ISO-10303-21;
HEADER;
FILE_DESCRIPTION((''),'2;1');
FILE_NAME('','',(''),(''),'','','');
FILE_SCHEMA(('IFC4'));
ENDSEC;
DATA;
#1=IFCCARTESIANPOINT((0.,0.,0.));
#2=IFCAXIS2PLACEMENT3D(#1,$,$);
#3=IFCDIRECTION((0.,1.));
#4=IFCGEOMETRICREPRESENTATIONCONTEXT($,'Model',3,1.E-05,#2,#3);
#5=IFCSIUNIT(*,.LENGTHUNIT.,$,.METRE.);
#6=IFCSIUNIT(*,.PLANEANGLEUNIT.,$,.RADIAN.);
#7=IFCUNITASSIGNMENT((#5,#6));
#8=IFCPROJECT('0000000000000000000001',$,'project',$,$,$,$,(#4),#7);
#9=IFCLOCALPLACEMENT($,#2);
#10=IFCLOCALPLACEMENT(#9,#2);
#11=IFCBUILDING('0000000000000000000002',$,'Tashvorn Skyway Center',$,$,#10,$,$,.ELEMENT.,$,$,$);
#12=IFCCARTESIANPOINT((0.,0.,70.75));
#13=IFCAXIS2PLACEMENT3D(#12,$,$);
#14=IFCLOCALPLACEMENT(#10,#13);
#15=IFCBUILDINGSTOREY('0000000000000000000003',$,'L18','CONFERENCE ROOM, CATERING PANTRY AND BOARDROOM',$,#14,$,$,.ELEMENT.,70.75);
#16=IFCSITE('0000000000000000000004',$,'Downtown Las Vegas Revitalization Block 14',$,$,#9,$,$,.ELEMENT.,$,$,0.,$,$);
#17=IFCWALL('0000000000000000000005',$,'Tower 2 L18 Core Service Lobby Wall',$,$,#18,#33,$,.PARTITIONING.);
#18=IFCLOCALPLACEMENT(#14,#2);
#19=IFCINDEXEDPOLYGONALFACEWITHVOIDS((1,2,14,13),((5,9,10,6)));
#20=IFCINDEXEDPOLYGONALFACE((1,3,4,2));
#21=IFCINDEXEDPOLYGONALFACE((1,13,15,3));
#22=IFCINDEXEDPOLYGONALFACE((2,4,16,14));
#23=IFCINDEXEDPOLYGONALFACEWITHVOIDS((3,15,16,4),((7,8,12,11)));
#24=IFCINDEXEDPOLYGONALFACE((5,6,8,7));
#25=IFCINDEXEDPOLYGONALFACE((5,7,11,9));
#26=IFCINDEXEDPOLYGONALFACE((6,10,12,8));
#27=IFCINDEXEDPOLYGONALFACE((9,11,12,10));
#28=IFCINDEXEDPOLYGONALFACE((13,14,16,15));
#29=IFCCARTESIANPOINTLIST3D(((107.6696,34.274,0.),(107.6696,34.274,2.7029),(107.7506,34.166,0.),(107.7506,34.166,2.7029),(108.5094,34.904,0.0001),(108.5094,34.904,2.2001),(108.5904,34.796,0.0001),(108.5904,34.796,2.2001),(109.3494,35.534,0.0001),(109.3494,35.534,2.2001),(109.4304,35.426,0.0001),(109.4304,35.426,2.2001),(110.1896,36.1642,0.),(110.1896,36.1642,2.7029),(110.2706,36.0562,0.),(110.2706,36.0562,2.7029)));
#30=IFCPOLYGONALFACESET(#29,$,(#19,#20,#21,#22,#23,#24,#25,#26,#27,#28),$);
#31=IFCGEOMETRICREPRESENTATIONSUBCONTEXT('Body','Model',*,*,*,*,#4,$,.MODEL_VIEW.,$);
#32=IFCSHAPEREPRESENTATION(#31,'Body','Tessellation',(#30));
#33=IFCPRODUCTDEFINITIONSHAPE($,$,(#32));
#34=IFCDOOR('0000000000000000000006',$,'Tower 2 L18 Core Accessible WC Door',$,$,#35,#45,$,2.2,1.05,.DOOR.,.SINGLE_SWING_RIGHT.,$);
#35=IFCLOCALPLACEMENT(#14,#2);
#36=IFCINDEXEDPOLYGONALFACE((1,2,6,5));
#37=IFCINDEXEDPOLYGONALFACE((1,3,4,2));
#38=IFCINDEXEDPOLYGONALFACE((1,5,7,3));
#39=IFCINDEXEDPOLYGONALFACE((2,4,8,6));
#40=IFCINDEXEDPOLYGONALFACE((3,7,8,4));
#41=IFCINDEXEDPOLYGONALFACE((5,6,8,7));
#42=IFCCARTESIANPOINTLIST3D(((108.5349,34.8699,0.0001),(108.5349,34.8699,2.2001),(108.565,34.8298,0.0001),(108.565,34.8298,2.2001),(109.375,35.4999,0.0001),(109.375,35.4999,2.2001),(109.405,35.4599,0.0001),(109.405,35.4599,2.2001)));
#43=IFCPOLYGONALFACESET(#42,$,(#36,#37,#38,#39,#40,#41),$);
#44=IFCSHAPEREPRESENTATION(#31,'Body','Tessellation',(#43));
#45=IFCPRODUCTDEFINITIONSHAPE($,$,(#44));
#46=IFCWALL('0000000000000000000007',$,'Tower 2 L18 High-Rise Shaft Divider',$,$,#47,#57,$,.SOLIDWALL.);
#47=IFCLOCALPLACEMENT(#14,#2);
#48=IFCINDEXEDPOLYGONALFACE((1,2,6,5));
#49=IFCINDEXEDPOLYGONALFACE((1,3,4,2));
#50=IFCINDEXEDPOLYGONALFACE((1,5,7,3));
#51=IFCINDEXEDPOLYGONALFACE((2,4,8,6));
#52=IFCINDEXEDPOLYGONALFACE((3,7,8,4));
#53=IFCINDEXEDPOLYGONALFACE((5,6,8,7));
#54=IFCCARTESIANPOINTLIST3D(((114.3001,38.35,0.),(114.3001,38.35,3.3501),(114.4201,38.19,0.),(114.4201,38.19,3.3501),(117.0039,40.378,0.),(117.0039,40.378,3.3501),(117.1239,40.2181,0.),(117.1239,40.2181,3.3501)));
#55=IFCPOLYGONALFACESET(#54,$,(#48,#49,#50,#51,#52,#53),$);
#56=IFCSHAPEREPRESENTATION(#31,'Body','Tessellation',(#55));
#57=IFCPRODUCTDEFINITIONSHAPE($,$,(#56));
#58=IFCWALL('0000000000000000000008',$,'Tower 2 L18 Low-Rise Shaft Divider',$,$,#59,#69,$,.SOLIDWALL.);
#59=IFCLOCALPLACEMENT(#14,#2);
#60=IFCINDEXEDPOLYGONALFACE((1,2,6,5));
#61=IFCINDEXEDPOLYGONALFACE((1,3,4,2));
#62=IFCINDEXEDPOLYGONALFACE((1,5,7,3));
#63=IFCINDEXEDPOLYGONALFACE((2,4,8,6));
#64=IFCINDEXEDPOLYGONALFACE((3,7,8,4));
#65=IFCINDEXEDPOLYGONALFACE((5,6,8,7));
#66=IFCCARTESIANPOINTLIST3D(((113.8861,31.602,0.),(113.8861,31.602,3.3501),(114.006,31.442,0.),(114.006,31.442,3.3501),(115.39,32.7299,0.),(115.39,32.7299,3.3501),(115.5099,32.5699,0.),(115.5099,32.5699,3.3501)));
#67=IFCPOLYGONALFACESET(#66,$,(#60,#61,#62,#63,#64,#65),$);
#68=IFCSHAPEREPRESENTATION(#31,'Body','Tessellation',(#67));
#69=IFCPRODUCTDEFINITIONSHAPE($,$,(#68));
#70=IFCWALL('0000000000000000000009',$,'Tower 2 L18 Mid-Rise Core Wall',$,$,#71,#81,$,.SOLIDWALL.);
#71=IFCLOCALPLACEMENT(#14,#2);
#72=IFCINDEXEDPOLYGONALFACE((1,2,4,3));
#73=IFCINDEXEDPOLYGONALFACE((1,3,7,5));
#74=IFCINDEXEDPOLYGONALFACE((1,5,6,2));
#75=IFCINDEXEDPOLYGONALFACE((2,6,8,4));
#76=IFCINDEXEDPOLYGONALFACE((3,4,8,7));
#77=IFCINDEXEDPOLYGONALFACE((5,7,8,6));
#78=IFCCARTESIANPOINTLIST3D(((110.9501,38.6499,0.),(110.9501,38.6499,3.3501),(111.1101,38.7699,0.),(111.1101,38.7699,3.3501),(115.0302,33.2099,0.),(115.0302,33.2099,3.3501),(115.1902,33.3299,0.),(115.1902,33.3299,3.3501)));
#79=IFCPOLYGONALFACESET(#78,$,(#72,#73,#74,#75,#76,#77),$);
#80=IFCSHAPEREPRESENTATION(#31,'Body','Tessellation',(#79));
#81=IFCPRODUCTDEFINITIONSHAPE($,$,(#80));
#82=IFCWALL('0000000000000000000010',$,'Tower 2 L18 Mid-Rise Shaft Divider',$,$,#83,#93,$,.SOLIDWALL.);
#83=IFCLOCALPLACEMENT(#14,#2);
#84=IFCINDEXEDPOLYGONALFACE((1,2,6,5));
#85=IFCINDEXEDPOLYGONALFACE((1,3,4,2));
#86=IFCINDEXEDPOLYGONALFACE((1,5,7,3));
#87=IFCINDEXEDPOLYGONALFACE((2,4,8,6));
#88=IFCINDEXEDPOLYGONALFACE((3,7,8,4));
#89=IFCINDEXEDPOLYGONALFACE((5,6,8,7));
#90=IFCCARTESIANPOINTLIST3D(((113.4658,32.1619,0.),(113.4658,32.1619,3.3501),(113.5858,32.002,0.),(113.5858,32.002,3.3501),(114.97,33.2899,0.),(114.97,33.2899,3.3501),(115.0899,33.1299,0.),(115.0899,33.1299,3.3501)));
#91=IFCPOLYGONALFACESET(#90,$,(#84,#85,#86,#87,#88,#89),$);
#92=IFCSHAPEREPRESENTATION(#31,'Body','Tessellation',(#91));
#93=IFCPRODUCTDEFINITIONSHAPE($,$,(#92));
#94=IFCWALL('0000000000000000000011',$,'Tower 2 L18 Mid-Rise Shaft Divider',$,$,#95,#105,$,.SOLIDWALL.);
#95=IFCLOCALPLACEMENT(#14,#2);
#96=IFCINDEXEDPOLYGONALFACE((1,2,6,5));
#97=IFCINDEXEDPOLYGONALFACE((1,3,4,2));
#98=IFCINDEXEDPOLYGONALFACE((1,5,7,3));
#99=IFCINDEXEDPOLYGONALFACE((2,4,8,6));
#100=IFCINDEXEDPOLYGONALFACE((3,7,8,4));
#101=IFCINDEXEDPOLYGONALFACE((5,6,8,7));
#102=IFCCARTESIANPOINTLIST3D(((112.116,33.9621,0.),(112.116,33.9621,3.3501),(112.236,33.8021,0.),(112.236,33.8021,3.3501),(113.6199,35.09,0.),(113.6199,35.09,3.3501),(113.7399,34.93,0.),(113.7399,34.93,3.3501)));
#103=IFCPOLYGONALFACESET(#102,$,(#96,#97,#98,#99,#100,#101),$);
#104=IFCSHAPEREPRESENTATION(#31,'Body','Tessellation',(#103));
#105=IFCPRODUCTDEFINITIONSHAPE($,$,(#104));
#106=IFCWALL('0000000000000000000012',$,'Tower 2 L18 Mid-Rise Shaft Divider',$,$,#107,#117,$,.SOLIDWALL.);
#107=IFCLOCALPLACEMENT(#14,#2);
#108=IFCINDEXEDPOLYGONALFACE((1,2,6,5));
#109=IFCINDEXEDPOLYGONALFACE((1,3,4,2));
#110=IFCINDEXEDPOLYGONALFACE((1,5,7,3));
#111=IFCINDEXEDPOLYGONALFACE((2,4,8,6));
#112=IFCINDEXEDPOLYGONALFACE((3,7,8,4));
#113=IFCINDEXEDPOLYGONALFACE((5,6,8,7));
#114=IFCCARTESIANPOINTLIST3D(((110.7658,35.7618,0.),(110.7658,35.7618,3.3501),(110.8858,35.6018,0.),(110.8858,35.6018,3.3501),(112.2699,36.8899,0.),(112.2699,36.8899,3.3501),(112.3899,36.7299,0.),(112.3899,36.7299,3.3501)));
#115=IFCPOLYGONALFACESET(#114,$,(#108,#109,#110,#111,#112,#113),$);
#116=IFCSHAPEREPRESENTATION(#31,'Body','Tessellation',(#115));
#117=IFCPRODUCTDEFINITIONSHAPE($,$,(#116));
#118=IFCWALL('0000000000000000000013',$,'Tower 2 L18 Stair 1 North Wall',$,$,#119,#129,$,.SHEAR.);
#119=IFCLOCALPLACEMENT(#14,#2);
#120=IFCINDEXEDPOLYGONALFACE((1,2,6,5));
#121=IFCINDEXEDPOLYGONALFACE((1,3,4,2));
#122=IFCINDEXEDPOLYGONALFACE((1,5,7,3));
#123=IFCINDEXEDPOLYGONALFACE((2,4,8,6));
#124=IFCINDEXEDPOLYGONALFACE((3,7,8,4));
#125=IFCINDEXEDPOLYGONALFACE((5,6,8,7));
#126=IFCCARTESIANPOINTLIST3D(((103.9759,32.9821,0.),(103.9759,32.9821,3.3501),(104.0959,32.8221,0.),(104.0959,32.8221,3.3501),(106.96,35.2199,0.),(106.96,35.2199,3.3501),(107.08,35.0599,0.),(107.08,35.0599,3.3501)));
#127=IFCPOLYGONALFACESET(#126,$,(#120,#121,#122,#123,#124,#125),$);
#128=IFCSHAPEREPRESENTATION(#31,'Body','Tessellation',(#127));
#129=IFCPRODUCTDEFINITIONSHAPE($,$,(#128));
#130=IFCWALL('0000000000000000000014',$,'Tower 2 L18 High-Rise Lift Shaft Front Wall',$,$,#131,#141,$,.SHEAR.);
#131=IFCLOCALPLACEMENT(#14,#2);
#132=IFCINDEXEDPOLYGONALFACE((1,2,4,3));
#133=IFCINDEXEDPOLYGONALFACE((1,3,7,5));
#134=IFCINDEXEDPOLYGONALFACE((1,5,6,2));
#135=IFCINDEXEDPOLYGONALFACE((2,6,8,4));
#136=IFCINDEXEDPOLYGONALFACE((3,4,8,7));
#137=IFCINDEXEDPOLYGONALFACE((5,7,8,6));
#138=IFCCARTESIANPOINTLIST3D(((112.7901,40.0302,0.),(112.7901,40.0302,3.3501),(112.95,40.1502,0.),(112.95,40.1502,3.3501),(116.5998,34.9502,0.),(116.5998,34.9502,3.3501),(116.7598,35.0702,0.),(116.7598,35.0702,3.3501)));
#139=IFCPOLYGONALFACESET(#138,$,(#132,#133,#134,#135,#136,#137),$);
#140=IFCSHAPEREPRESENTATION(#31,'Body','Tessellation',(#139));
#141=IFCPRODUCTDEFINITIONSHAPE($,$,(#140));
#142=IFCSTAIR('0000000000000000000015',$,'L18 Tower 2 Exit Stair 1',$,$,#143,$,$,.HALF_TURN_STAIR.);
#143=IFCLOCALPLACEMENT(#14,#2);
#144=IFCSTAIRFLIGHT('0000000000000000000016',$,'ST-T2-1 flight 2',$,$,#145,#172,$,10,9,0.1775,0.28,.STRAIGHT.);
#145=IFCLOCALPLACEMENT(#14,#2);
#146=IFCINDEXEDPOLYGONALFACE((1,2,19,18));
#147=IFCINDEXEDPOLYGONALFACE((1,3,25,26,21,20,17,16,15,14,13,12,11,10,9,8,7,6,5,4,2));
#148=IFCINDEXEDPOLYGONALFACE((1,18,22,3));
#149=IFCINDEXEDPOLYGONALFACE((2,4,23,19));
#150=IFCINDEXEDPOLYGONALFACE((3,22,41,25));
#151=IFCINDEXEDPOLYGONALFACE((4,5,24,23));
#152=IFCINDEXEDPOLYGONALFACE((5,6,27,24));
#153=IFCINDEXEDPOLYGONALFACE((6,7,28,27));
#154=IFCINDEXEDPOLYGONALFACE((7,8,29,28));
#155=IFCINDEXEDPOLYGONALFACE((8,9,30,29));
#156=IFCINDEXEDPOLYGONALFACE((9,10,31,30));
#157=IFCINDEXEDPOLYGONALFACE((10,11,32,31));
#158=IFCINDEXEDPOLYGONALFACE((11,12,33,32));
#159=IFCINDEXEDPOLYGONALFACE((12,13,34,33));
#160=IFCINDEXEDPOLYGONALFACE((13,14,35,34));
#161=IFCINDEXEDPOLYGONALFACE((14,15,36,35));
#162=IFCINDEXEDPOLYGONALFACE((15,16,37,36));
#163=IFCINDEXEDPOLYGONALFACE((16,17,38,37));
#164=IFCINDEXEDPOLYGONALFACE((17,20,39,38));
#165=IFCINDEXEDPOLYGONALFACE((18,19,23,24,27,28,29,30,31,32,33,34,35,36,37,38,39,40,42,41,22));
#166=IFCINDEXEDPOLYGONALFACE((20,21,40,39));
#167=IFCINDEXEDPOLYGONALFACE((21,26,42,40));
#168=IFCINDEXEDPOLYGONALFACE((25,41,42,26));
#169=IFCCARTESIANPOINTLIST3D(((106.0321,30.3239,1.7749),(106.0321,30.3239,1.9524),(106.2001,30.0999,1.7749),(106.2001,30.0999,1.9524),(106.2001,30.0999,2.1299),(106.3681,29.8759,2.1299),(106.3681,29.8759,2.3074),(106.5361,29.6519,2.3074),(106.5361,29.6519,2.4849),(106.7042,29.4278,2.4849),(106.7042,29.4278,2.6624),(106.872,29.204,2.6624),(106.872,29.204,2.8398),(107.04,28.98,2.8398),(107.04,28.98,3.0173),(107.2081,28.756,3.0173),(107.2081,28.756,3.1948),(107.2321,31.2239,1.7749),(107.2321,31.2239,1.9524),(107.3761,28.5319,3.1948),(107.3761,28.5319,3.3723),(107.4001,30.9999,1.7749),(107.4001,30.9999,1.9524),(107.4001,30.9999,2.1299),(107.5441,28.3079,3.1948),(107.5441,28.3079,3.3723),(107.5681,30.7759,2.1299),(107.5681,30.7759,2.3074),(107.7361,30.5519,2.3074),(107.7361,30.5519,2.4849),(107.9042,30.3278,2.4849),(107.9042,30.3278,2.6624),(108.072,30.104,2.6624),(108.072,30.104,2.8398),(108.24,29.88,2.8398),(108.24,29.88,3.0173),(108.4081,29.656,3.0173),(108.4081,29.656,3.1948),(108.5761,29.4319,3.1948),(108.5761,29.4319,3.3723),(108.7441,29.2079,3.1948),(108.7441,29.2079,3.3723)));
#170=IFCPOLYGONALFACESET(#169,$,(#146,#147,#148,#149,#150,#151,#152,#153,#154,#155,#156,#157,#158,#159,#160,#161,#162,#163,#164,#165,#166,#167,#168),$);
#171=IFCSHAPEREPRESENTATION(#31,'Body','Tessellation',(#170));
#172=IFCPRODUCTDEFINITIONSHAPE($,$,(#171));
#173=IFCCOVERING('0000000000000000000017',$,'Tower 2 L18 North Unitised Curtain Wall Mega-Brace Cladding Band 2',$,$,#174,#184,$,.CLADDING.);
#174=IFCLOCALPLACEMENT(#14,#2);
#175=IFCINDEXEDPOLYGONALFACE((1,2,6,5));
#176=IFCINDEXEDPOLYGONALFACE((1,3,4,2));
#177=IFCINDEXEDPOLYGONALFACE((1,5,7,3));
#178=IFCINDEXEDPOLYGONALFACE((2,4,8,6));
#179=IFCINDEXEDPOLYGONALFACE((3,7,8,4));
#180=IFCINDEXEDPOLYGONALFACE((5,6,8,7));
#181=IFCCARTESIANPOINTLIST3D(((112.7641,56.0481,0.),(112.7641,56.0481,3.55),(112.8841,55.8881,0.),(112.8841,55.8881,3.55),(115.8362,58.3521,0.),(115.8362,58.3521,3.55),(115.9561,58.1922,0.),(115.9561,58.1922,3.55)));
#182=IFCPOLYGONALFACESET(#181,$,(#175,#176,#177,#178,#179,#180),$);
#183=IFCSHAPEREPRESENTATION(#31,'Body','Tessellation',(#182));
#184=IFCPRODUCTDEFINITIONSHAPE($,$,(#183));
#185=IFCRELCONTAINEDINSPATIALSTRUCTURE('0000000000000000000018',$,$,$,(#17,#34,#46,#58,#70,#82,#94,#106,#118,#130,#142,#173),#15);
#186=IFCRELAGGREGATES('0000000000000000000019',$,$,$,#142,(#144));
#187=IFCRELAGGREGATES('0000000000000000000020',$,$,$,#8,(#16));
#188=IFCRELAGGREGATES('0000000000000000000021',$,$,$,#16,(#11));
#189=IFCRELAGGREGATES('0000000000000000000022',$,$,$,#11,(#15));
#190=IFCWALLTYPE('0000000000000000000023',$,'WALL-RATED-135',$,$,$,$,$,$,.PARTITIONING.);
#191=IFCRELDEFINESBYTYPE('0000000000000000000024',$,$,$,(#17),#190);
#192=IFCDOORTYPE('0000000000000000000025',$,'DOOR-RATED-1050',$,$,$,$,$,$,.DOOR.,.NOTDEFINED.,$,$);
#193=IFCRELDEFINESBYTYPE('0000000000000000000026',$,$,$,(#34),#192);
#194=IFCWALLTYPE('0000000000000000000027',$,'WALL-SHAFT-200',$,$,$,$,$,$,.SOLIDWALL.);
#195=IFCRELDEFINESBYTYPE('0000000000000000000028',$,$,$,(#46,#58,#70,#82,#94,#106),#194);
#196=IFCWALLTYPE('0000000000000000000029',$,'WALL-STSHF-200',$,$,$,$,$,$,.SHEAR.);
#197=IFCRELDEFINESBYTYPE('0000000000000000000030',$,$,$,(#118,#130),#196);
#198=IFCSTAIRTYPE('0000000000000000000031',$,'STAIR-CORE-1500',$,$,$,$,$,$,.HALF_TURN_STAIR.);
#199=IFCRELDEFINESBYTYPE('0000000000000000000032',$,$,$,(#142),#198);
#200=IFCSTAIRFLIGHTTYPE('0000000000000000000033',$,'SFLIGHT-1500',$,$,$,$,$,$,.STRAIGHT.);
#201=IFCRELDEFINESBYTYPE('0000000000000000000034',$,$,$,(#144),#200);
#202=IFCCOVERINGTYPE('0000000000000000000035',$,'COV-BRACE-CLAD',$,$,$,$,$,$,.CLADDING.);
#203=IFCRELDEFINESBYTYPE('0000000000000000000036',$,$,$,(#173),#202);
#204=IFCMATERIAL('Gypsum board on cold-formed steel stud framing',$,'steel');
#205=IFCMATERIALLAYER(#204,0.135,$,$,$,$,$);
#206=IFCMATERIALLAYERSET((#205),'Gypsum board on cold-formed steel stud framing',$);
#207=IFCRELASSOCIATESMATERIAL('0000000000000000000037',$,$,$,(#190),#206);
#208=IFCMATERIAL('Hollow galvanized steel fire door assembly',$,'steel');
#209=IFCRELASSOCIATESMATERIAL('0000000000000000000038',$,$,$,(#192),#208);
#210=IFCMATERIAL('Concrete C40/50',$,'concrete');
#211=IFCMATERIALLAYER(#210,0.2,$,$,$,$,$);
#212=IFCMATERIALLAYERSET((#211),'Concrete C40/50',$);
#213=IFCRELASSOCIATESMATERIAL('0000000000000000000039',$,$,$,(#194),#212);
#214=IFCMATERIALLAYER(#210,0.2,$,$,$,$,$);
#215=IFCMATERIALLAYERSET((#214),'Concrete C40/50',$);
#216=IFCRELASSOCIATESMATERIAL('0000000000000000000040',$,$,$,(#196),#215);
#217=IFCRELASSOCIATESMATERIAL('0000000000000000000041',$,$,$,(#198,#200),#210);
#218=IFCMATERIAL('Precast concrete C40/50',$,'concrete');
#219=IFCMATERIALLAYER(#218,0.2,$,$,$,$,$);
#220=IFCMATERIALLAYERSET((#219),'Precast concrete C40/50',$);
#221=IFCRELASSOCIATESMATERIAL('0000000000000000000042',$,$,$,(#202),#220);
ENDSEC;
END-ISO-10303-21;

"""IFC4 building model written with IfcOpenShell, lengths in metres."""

from ifc_helpers import new_model, si_unit, direction, frame, frame_2d, origin, origin_2d, place, context, subcontext, project, spatial, polyline, rectangle, outline, extrude, material, layer, layer_set, type_object, element, fill, aggregate, save


model = new_model("IFC4")

# Units and contexts
model_context = context("Model", 3, precision=1e-05, world=origin(), true_north=direction((0.0, 1.0)))
body_context = subcontext(model_context, "Body", "Model", "MODEL_VIEW")
ifc_project = project(units=[si_unit("LENGTHUNIT", "METRE"), si_unit("PLANEANGLEUNIT", "RADIAN")], contexts=[model_context])

# Site, building, storey
site_placement = place(None, origin())
site = spatial("IfcSite", under=ifc_project, at=site_placement, Name="Downtown Las Vegas Revitalization Block 14", CompositionType="ELEMENT", RefElevation=0.0)
building_placement = place(site_placement, origin())
building = spatial("IfcBuilding", under=site, at=building_placement, Name="Tashvorn Skyway Center", CompositionType="ELEMENT")
storey_placement = place(building_placement, frame((0.0, 0.0, 70.75)))
storey = spatial("IfcBuildingStorey", under=building, at=storey_placement, Name="L18", Description="CONFERENCE ROOM, CATERING PANTRY AND BOARDROOM", CompositionType="ELEMENT", Elevation=70.75)

# Shared definitions
ifc_material_1 = material(Name="Concrete C40/50", Category="concrete")
ifc_material_2 = material(Name="Hollow galvanized steel fire door assembly", Category="steel")

# Shared definitions
ifc_material_3 = material(Name="Gypsum board on cold-formed steel stud framing", Category="steel")

# Wall, opening, door
ifc_layer_1 = layer(ifc_material_3, 0.135)
ifc_layer_set_1 = layer_set([ifc_layer_1], Name="Gypsum board on cold-formed steel stud framing")
wall_type_1 = type_object("IfcWallType", Name="WALL-RATED-135", PredefinedType="PARTITIONING", material=ifc_layer_set_1)
wall_1_placement = place(storey_placement, frame((107.71, 34.22, 0.0), z_axis=(0.0, 0.0, 1.0), x_axis=(0.799981, 0.600025, 0.0)))
wall_1 = element("IfcWall", 1, at=wall_1_placement, inside=storey, type_object=wall_type_1, Name="Tower 2 L18 Core Service Lobby Wall", PredefinedType="PARTITIONING", context=body_context, shape_type="SweptSolid", body=[
    extrude(rectangle(XDim=3.1501, YDim=0.135, at=frame_2d((1.5752, 0.0))), origin(), (0.0, 0.0, 1.0), 2.7029),
])
opening_1_placement = place(wall_1_placement, frame((1.05, 0.0, 0.0)))
opening_1 = element("IfcOpeningElement", 2, at=opening_1_placement, cuts=wall_1, PredefinedType="OPENING", context=body_context, shape_type="SweptSolid", body=[
    extrude(rectangle(XDim=1.05, YDim=2.2, at=frame_2d((0.5249, 1.1001))), frame((0.0, 0.0774, 0.0), z_axis=(0.0, -1.0, 0.0), x_axis=(1.0, 0.0, 0.0)), (0.0, 0.0, 1.0), 0.155),
])
door_type_1 = type_object("IfcDoorType", Name="DOOR-RATED-1050", OperationType="NOTDEFINED", PredefinedType="DOOR", material=ifc_material_2)
door_1_placement = place(opening_1_placement, origin())
door_1 = element("IfcDoor", 3, at=door_1_placement, inside=storey, type_object=door_type_1, Name="Tower 2 L18 Core Accessible WC Door", OperationType="SINGLE_SWING_RIGHT", OverallHeight=2.2, OverallWidth=1.05, PredefinedType="DOOR", context=body_context, shape_type="SweptSolid", body=[
    extrude(rectangle(XDim=1.05, YDim=2.2, at=frame_2d((0.5249, 1.1001))), frame((0.0, 0.0249, 0.0), z_axis=(0.0, -1.0, 0.0), x_axis=(1.0, 0.0, 0.0)), (0.0, 0.0, 1.0), 0.05),
])
fill(opening_1, door_1)

# Walls
ifc_layer_2 = layer(ifc_material_1, 0.2)
ifc_layer_set_2 = layer_set([ifc_layer_2], Name="Concrete C40/50")
wall_type_2 = type_object("IfcWallType", Name="WALL-SHAFT-200", PredefinedType="SOLIDWALL", material=ifc_layer_set_2)
wall_2_placement = place(storey_placement, frame((114.3601, 38.27, 0.0), z_axis=(0.0, 0.0, 1.0), x_axis=(0.799974, 0.600035, 0.0)))
element("IfcWall", 4, at=wall_2_placement, inside=storey, type_object=wall_type_2, Name="Tower 2 L18 High-Rise Shaft Divider", PredefinedType="SOLIDWALL", context=body_context, shape_type="SweptSolid", body=[
    extrude(rectangle(XDim=3.3799, YDim=0.2, at=frame_2d((1.6899, 0.0))), origin(), (0.0, 0.0, 1.0), 3.3501),
])
wall_3_placement = place(storey_placement, frame((113.946, 31.522, 0.0), z_axis=(0.0, 0.0, 1.0), x_axis=(0.8, 0.6, 0.0)))
element("IfcWall", 5, at=wall_3_placement, inside=storey, type_object=wall_type_2, Name="Tower 2 L18 Low-Rise Shaft Divider", PredefinedType="SOLIDWALL", context=body_context, shape_type="SweptSolid", body=[
    extrude(rectangle(XDim=1.8799, YDim=0.2, at=frame_2d((0.9399, 0.0))), origin(), (0.0, 0.0, 1.0), 3.3501),
])
wall_4_placement = place(storey_placement, frame((115.1101, 33.27, 0.0), z_axis=(0.0, 0.0, 1.0), x_axis=(-0.600011, 0.799991, 0.0)))
element("IfcWall", 6, at=wall_4_placement, inside=storey, type_object=wall_type_2, Name="Tower 2 L18 Mid-Rise Core Wall", PredefinedType="SOLIDWALL", context=body_context, shape_type="SweptSolid", body=[
    extrude(rectangle(XDim=6.8, YDim=0.2, at=frame_2d((3.3999, 0.0))), origin(), (0.0, 0.0, 1.0), 3.3501),
])
wall_5_placement = place(storey_placement, frame((113.5259, 32.082, 0.0), z_axis=(0.0, 0.0, 1.0), x_axis=(0.800047, 0.599938, 0.0)))
element("IfcWall", 7, at=wall_5_placement, inside=storey, type_object=wall_type_2, Name="Tower 2 L18 Mid-Rise Shaft Divider", PredefinedType="SOLIDWALL", context=body_context, shape_type="SweptSolid", body=[
    extrude(rectangle(XDim=1.8801, YDim=0.2, at=frame_2d((0.9399, 0.0))), origin(), (0.0, 0.0, 1.0), 3.3501),
])
wall_6_placement = place(storey_placement, frame((112.176, 33.8821, 0.0), z_axis=(0.0, 0.0, 1.0), x_axis=(0.8, 0.6, 0.0)))
element("IfcWall", 8, at=wall_6_placement, inside=storey, type_object=wall_type_2, Name="Tower 2 L18 Mid-Rise Shaft Divider", PredefinedType="SOLIDWALL", context=body_context, shape_type="SweptSolid", body=[
    extrude(rectangle(XDim=1.8799, YDim=0.2, at=frame_2d((0.9399, 0.0))), origin(), (0.0, 0.0, 1.0), 3.3501),
])
wall_7_placement = place(storey_placement, frame((110.8259, 35.6819, 0.0), z_axis=(0.0, 0.0, 1.0), x_axis=(0.799984, 0.600021, 0.0)))
element("IfcWall", 9, at=wall_7_placement, inside=storey, type_object=wall_type_2, Name="Tower 2 L18 Mid-Rise Shaft Divider", PredefinedType="SOLIDWALL", context=body_context, shape_type="SweptSolid", body=[
    extrude(rectangle(XDim=1.8801, YDim=0.2, at=frame_2d((0.9399, 0.0))), origin(), (0.0, 0.0, 1.0), 3.3501),
])
ifc_layer_3 = layer(ifc_material_1, 0.2)
ifc_layer_set_3 = layer_set([ifc_layer_3], Name="Concrete C40/50")
wall_type_3 = type_object("IfcWallType", Name="WALL-STSHF-200", PredefinedType="SHEAR", material=ifc_layer_set_3)
wall_8_placement = place(storey_placement, frame((104.0359, 32.9021, 0.0), z_axis=(0.0, 0.0, 1.0), x_axis=(0.800039, 0.599948, 0.0)))
element("IfcWall", 10, at=wall_8_placement, inside=storey, type_object=wall_type_3, Name="Tower 2 L18 Stair 1 North Wall", PredefinedType="SHEAR", context=body_context, shape_type="SweptSolid", body=[
    extrude(rectangle(XDim=3.73, YDim=0.2, at=frame_2d((1.865, 0.0))), origin(), (0.0, 0.0, 1.0), 3.3501),
])
wall_9_placement = place(storey_placement, frame((112.8701, 40.0901, 0.0), z_axis=(0.0, 0.0, 1.0), x_axis=(0.599975, -0.800018, 0.0)))
element("IfcWall", 11, at=wall_9_placement, inside=storey, type_object=wall_type_3, Name="Tower 2 L18 High-Rise Lift Shaft Front Wall", PredefinedType="SHEAR", context=body_context, shape_type="SweptSolid", body=[
    extrude(rectangle(XDim=6.3499, YDim=0.2, at=frame_2d((3.1748, 0.0))), origin(), (0.0, 0.0, 1.0), 3.3501),
])

# Stair, stair flight
stair_type = type_object("IfcStairType", Name="STAIR-CORE-1500", PredefinedType="HALF_TURN_STAIR", material=ifc_material_1)
stair_placement = place(storey_placement, origin())
stair = element("IfcStair", 12, at=stair_placement, inside=storey, type_object=stair_type, Name="L18 Tower 2 Exit Stair 1", PredefinedType="HALF_TURN_STAIR")
stair_flight_type = type_object("IfcStairFlightType", Name="SFLIGHT-1500", PredefinedType="STRAIGHT", material=ifc_material_1)
stair_flight_placement = place(storey_placement, frame((106.6321, 30.7739, 1.7749), z_axis=(0.0, 0.0, 1.0), x_axis=(0.6, -0.8, 0.0)))
stair_flight = element("IfcStairFlight", 13, at=stair_flight_placement, type_object=stair_flight_type, Name="ST-T2-1 flight 2", NumberOfRisers=10, NumberOfTreads=9, PredefinedType="STRAIGHT", RiserHeight=0.1775, TreadLength=0.28, context=body_context, shape_type="SweptSolid", body=[
    extrude(outline(polyline([(0.0, 0.0), (0.0, 0.1775), (0.28, 0.1775), (0.28, 0.355), (0.5601, 0.355), (0.5601, 0.5325), (0.8401, 0.5325), (0.8401, 0.71), (1.1201, 0.71), (1.1201, 0.8875), (1.3999, 0.8875), (1.3999, 1.0649), (1.6799, 1.0649), (1.6799, 1.2424), (1.96, 1.2424), (1.96, 1.4199), (2.24, 1.4199), (2.24, 1.5974), (2.52, 1.5974), (2.52, 1.7749), (2.52, 1.4199), (0.28, 0.0), (0.0, 0.0)])), frame((0.0, 0.75, 0.0), z_axis=(0.0, -1.0, 0.0), x_axis=(1.0, 0.0, 0.0)), (0.0, 0.0, 1.0), 1.5),
])
aggregate(stair, [stair_flight])

# Covering
ifc_material_4 = material(Name="Precast concrete C40/50", Category="concrete")
ifc_layer_4 = layer(ifc_material_4, 0.2)
ifc_layer_set_4 = layer_set([ifc_layer_4], Name="Precast concrete C40/50")
covering_type = type_object("IfcCoveringType", Name="COV-BRACE-CLAD", PredefinedType="CLADDING", material=ifc_layer_set_4)
covering_placement = place(storey_placement, frame((114.3601, 57.1201, 0.0), z_axis=(0.0, 0.0, 1.0), x_axis=(0.8, 0.6, 0.0)))
element("IfcCovering", 14, at=covering_placement, inside=storey, type_object=covering_type, Name="Tower 2 L18 North Unitised Curtain Wall Mega-Brace Cladding Band 2", PredefinedType="CLADDING", context=body_context, shape_type="SweptSolid", body=[
    extrude(rectangle(XDim=3.8401, YDim=0.2, at=origin_2d()), origin(), (0.0, 0.0, 1.0), 3.55),
])

save(model, "model.ifc")
